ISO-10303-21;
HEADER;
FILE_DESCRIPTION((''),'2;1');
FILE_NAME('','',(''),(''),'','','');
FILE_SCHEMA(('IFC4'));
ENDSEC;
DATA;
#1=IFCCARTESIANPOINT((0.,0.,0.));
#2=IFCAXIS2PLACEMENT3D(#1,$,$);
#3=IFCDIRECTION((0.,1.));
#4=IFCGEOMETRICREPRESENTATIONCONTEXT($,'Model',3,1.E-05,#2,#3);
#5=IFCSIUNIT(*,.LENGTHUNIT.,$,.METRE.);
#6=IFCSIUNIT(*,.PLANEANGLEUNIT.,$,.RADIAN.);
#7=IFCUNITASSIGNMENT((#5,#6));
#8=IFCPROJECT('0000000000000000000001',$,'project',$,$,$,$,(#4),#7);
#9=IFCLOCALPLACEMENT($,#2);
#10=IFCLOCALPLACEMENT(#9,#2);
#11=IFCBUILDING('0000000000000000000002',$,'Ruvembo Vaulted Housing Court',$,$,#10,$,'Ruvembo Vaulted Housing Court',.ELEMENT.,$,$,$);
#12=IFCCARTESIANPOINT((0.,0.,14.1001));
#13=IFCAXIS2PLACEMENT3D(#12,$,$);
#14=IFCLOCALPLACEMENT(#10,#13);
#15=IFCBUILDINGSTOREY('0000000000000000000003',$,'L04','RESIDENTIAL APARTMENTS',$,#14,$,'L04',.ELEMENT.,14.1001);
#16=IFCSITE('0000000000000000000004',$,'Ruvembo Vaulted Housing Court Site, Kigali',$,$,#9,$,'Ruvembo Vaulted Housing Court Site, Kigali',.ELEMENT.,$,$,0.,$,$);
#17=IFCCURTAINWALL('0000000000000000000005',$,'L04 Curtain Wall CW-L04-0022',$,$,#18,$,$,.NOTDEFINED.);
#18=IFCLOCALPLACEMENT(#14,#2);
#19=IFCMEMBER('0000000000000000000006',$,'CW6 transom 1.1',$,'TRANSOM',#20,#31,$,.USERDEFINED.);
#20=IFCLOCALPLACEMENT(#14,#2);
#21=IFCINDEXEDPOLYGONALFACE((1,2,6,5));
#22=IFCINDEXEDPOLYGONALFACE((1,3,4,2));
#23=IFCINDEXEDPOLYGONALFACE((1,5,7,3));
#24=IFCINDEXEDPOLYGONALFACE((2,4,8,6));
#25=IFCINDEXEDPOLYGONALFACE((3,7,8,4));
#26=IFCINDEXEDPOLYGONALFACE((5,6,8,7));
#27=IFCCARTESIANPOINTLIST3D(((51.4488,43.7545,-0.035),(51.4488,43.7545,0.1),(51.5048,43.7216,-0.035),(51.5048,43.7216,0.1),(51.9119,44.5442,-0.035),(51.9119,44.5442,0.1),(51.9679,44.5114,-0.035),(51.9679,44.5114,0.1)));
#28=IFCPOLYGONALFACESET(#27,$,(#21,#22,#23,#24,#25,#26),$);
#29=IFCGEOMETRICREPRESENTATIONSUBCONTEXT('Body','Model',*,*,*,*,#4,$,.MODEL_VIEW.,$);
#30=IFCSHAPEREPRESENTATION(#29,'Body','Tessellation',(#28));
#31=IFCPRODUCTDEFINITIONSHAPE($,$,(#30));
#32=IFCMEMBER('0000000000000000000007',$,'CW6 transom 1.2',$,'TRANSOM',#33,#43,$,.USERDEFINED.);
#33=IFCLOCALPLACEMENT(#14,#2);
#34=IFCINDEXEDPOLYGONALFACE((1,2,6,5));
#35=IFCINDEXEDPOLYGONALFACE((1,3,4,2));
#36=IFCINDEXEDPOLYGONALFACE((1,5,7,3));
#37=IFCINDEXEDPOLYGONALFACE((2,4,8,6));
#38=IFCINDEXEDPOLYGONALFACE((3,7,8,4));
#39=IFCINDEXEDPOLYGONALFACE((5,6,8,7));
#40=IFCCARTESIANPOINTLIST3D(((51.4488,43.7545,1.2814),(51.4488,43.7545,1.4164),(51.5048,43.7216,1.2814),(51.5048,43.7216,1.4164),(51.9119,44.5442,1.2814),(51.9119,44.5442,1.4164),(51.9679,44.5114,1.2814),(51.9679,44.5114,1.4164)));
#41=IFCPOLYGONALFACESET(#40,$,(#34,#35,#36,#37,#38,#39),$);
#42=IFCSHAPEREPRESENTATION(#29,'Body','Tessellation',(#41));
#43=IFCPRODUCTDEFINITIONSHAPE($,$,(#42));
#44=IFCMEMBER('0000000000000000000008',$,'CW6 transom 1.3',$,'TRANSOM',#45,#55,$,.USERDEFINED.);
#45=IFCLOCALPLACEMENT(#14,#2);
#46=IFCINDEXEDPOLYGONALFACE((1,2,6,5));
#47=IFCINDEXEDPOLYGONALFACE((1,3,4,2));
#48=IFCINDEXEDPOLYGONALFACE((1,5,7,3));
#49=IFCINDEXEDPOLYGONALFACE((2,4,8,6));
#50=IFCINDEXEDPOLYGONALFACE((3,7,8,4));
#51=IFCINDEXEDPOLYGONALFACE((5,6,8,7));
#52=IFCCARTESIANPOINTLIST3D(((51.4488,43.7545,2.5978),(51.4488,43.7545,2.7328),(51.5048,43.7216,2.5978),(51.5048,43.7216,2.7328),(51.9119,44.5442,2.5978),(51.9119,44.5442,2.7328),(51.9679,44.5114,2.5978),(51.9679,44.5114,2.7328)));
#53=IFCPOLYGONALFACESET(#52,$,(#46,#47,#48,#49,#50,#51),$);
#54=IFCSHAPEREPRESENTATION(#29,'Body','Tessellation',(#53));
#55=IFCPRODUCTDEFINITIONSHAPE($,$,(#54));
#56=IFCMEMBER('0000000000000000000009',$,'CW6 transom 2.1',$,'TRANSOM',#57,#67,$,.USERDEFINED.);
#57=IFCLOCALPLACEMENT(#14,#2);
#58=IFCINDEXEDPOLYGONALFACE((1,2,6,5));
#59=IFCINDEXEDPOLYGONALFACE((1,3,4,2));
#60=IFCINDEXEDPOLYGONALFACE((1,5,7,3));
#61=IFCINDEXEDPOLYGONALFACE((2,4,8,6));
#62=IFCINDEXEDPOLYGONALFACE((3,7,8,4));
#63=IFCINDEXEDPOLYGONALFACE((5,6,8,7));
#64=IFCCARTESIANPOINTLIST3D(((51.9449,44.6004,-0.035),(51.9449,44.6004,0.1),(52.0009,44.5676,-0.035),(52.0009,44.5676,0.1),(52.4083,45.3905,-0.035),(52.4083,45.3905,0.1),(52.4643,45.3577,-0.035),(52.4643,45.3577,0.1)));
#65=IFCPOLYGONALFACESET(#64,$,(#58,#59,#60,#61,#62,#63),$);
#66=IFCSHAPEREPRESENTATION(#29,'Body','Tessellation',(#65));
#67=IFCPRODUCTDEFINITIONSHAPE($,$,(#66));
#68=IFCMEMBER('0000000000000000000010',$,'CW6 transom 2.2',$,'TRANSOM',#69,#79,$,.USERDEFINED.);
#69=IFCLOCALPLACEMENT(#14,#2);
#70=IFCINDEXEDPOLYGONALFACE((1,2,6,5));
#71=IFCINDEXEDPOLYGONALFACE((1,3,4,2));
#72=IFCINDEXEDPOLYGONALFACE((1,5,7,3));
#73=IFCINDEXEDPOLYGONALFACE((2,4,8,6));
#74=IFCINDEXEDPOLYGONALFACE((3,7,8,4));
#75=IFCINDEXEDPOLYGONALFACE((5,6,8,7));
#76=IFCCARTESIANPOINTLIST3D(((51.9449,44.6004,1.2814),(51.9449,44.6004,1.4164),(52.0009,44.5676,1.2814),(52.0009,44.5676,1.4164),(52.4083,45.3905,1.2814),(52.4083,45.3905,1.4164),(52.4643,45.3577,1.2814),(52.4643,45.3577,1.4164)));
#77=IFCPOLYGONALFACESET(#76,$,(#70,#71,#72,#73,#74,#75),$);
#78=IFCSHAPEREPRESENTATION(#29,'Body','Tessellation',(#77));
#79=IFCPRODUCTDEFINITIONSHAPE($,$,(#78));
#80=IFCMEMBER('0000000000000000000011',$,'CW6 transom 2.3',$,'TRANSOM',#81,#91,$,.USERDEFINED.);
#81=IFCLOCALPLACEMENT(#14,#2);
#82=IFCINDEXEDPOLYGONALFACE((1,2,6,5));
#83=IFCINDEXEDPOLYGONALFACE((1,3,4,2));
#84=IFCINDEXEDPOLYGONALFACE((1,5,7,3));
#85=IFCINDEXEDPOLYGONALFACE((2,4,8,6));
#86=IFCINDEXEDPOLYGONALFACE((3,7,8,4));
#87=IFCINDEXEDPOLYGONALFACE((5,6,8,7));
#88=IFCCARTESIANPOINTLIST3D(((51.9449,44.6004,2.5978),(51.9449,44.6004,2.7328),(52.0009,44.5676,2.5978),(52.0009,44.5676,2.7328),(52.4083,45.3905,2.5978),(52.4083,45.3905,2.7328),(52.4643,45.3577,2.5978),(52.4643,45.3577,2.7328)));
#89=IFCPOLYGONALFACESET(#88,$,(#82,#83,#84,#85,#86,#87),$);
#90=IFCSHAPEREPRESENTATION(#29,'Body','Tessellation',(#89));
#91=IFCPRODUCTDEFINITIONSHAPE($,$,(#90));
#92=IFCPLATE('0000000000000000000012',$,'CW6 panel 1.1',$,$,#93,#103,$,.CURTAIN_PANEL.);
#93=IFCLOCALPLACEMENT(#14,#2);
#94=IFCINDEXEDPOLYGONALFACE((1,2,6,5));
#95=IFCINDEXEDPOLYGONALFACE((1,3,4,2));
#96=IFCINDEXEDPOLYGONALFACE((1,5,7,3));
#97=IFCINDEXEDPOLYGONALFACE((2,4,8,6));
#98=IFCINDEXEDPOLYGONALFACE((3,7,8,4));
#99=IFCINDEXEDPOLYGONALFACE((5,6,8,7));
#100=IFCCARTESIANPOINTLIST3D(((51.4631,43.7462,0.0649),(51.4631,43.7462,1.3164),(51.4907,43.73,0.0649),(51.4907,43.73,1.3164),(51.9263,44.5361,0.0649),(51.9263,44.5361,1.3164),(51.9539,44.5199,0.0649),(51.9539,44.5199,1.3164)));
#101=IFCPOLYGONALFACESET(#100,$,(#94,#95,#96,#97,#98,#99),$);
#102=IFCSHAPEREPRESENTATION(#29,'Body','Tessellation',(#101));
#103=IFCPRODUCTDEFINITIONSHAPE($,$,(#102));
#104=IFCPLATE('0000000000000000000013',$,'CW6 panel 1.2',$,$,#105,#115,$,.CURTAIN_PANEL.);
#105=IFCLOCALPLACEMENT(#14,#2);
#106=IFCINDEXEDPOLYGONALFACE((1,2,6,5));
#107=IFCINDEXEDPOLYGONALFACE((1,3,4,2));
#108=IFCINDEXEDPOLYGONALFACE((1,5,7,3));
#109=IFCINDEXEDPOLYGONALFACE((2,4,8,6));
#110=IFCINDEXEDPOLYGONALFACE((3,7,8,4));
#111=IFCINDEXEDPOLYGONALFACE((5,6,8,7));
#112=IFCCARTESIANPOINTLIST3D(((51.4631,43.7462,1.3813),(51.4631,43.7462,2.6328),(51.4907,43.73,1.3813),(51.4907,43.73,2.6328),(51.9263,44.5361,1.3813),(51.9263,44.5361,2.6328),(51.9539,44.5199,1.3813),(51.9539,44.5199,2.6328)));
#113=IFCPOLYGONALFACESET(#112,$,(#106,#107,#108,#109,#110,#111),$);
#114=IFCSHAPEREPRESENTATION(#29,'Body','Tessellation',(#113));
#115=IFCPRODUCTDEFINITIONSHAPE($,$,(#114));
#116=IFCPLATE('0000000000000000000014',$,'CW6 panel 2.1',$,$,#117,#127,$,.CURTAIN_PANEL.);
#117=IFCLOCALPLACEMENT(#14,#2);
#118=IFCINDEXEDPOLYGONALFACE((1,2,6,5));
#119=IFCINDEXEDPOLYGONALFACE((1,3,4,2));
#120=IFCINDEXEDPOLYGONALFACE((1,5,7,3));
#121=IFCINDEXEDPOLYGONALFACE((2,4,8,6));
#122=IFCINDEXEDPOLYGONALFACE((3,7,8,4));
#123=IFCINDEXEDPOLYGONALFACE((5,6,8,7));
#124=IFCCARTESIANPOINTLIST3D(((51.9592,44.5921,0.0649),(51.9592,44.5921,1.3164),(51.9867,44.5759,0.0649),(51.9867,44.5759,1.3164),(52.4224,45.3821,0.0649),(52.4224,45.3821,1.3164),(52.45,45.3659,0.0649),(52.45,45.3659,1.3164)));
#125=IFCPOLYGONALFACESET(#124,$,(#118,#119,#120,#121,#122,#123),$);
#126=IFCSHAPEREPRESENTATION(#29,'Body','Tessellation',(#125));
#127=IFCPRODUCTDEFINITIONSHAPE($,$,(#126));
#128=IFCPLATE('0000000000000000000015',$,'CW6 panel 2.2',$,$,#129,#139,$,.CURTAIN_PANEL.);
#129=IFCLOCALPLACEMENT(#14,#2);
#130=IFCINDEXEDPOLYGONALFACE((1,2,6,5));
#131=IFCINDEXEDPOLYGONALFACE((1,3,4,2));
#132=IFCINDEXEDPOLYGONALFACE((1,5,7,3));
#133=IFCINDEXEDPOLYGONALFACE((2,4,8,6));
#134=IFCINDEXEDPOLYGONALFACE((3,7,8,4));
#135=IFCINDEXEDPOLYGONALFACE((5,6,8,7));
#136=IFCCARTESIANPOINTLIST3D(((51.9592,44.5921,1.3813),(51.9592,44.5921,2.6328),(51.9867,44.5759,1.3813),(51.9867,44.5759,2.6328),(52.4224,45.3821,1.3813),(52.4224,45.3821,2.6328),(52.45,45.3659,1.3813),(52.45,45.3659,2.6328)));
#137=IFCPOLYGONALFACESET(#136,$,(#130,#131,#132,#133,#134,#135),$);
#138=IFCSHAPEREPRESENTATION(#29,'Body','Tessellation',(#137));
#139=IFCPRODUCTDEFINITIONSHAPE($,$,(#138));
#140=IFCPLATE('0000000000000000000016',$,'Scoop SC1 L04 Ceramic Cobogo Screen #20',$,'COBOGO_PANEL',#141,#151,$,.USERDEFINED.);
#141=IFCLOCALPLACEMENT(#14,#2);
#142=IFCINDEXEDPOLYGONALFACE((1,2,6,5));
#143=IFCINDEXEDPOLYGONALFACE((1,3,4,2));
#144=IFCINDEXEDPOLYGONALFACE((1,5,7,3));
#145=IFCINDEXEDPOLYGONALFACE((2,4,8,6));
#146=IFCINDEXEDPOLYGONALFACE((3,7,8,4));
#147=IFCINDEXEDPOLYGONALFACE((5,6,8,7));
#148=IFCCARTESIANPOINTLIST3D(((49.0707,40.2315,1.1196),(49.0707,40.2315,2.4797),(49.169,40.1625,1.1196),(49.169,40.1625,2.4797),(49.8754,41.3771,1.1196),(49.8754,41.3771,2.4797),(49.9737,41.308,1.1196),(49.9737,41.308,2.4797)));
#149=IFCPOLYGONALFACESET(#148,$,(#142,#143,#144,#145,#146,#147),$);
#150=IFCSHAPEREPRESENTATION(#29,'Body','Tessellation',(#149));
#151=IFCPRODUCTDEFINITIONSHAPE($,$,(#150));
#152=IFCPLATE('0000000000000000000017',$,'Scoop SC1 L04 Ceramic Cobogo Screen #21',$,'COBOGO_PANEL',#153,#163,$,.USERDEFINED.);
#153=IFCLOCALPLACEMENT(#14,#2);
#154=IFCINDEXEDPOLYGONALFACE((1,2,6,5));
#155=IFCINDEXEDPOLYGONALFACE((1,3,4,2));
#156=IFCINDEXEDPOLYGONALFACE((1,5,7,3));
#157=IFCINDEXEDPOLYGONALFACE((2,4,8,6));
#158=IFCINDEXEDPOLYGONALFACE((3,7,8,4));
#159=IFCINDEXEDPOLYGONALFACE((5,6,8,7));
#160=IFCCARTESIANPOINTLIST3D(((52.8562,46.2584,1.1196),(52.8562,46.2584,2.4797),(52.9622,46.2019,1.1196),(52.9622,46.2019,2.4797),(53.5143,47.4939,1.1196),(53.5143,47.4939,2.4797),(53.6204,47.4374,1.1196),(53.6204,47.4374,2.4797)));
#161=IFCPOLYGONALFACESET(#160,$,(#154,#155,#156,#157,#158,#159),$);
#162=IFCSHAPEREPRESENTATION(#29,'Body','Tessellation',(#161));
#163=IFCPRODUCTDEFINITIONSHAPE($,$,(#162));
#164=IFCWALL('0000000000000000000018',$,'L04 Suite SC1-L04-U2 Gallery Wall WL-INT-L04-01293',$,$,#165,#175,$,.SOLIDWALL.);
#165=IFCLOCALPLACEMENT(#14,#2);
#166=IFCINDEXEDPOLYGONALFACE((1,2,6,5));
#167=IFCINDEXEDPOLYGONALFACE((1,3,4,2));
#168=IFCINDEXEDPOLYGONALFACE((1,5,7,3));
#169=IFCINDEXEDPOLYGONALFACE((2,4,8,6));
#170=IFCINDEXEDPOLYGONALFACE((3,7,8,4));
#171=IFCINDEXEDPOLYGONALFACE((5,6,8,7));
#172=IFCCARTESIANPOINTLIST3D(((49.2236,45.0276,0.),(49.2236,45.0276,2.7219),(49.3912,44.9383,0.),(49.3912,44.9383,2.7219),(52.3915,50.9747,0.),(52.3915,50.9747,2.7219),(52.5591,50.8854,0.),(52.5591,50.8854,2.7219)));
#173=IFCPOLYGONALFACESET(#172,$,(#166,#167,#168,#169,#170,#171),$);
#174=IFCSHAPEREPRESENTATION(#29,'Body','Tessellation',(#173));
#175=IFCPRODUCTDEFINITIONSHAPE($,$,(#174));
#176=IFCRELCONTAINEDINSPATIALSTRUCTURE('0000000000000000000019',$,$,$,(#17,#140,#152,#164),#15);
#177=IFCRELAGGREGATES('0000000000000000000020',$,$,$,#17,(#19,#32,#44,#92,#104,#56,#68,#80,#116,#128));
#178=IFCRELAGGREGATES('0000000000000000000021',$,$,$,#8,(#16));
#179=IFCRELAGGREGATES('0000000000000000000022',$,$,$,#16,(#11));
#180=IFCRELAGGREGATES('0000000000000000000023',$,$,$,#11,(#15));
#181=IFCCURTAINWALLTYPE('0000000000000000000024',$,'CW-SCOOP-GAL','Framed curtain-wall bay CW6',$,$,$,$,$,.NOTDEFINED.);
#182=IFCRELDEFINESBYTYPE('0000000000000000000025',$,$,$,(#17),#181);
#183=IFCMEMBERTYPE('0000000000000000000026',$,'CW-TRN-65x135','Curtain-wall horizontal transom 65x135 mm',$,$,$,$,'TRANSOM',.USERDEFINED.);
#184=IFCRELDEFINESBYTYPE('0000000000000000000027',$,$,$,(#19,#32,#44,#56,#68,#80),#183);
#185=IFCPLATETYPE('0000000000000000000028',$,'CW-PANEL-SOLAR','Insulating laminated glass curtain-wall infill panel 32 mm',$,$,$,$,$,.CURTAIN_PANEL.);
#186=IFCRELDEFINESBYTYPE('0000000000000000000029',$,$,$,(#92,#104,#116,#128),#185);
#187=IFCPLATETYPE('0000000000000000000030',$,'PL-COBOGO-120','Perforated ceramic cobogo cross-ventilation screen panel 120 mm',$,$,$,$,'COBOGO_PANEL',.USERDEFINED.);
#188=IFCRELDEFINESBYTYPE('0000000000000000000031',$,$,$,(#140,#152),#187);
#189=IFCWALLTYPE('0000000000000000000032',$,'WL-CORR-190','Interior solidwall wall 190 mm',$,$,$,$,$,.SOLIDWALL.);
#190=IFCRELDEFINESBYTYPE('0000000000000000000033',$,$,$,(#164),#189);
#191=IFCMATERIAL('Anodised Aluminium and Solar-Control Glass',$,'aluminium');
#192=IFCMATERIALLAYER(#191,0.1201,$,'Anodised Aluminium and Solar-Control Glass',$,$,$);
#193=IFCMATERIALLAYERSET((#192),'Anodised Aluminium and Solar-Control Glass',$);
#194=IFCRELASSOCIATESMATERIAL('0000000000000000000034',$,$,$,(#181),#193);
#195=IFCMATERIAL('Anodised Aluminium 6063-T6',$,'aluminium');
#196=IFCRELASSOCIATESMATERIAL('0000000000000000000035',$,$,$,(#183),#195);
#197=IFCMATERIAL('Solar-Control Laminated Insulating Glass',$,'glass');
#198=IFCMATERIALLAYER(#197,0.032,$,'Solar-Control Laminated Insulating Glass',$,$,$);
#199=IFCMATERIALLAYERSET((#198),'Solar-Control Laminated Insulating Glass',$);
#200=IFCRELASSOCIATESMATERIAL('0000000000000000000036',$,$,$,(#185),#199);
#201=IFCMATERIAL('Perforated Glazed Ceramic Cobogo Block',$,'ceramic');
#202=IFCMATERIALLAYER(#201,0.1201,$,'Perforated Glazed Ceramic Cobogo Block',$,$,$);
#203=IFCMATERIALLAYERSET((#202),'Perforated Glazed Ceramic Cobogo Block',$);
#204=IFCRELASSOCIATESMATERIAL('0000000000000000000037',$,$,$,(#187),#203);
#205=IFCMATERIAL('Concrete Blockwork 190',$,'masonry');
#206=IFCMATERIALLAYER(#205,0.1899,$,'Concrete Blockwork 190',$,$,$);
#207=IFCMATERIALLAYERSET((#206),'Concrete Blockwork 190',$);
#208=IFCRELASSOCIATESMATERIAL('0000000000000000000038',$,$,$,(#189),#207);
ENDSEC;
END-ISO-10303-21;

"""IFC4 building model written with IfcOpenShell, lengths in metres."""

from ifc_helpers import new_model, si_unit, direction, frame, frame_2d, origin, origin_2d, place, context, subcontext, project, spatial, rectangle, extrude, material, layer, layer_set, material_profile, profile_set, type_object, element, aggregate, save


model = new_model("IFC4")

# Units and contexts
model_context = context("Model", 3, precision=1e-05, world=origin(), true_north=direction((0.0, 1.0)))
body_context = subcontext(model_context, "Body", "Model", "MODEL_VIEW")
ifc_project = project(units=[si_unit("LENGTHUNIT", "METRE"), si_unit("PLANEANGLEUNIT", "RADIAN")], contexts=[model_context])

# Site, building, storey
site_placement = place(None, origin())
site = spatial("IfcSite", under=ifc_project, at=site_placement, Name="Ruvembo Vaulted Housing Court Site, Kigali", LongName="Ruvembo Vaulted Housing Court Site, Kigali", CompositionType="ELEMENT", RefElevation=0.0)
building_placement = place(site_placement, origin())
building = spatial("IfcBuilding", under=site, at=building_placement, Name="Ruvembo Vaulted Housing Court", LongName="Ruvembo Vaulted Housing Court", CompositionType="ELEMENT")
storey_placement = place(building_placement, frame((0.0, 0.0, 14.1001)))
storey = spatial("IfcBuildingStorey", under=building, at=storey_placement, Name="L04", Description="RESIDENTIAL APARTMENTS", LongName="L04", CompositionType="ELEMENT", Elevation=14.1001)

# Curtain wall, members, plates
ifc_material_1 = material(Name="Anodised Aluminium and Solar-Control Glass", Category="aluminium")
ifc_layer_1 = layer(ifc_material_1, 0.1201, Name="Anodised Aluminium and Solar-Control Glass")
ifc_layer_set_1 = layer_set([ifc_layer_1], Name="Anodised Aluminium and Solar-Control Glass")
curtain_wall_type = type_object("IfcCurtainWallType", Name="CW-SCOOP-GAL", Description="Framed curtain-wall bay CW6", PredefinedType="NOTDEFINED", material=ifc_layer_set_1)
curtain_wall_placement = place(storey_placement, origin())
curtain_wall = element("IfcCurtainWall", 1, at=curtain_wall_placement, inside=storey, type_object=curtain_wall_type, Name="L04 Curtain Wall CW-L04-0022", PredefinedType="NOTDEFINED")
ifc_material_2 = material(Name="Anodised Aluminium 6063-T6", Category="aluminium")
ifc_material_profile_1 = material_profile(ifc_material_2, rectangle(XDim=0.0649, YDim=0.135, at=origin_2d()), Name="ALU 65x135")
ifc_profile_set_1 = profile_set([ifc_material_profile_1], Name="Anodised Aluminium 6063-T6")
member_type_1 = type_object("IfcMemberType", Name="CW-TRN-65x135", Description="Curtain-wall horizontal transom 65x135 mm", ElementType="TRANSOM", PredefinedType="USERDEFINED", material=ifc_profile_set_1)
member_1_placement = place(storey_placement, frame((51.4768, 43.738, 0.0325), z_axis=(0.505843, 0.862626, 0.0), x_axis=(-0.862626, 0.505843, 0.0)))
member_1 = element("IfcMember", 2, at=member_1_placement, type_object=member_type_1, Name="CW6 transom 1.1", ObjectType="TRANSOM", PredefinedType="USERDEFINED", context=body_context, shape_type="SweptSolid", body=[
    extrude(rectangle(XDim=0.0649, YDim=0.135, at=origin_2d()), origin(), (0.0, 0.0, 1.0), 0.9155),
])
member_2_placement = place(storey_placement, frame((51.4768, 43.738, 1.3489), z_axis=(0.505843, 0.862626, 0.0), x_axis=(-0.862626, 0.505843, 0.0)))
member_2 = element("IfcMember", 3, at=member_2_placement, type_object=member_type_1, Name="CW6 transom 1.2", ObjectType="TRANSOM", PredefinedType="USERDEFINED", context=body_context, shape_type="SweptSolid", body=[
    extrude(rectangle(XDim=0.0649, YDim=0.135, at=origin_2d()), origin(), (0.0, 0.0, 1.0), 0.9155),
])
member_3_placement = place(storey_placement, frame((51.4768, 43.738, 2.6653), z_axis=(0.505843, 0.862626, 0.0), x_axis=(-0.862626, 0.505843, 0.0)))
member_3 = element("IfcMember", 4, at=member_3_placement, type_object=member_type_1, Name="CW6 transom 1.3", ObjectType="TRANSOM", PredefinedType="USERDEFINED", context=body_context, shape_type="SweptSolid", body=[
    extrude(rectangle(XDim=0.0649, YDim=0.135, at=origin_2d()), origin(), (0.0, 0.0, 1.0), 0.9155),
])
member_4_placement = place(storey_placement, frame((51.9729, 44.584, 0.0325), z_axis=(0.505925, 0.862578, 0.0), x_axis=(-0.862578, 0.505925, 0.0)))
member_4 = element("IfcMember", 5, at=member_4_placement, type_object=member_type_1, Name="CW6 transom 2.1", ObjectType="TRANSOM", PredefinedType="USERDEFINED", context=body_context, shape_type="SweptSolid", body=[
    extrude(rectangle(XDim=0.0649, YDim=0.135, at=origin_2d()), origin(), (0.0, 0.0, 1.0), 0.916),
])
member_5_placement = place(storey_placement, frame((51.9729, 44.584, 1.3489), z_axis=(0.505925, 0.862578, 0.0), x_axis=(-0.862578, 0.505925, 0.0)))
member_5 = element("IfcMember", 6, at=member_5_placement, type_object=member_type_1, Name="CW6 transom 2.2", ObjectType="TRANSOM", PredefinedType="USERDEFINED", context=body_context, shape_type="SweptSolid", body=[
    extrude(rectangle(XDim=0.0649, YDim=0.135, at=origin_2d()), origin(), (0.0, 0.0, 1.0), 0.916),
])
member_6_placement = place(storey_placement, frame((51.9729, 44.584, 2.6653), z_axis=(0.505925, 0.862578, 0.0), x_axis=(-0.862578, 0.505925, 0.0)))
member_6 = element("IfcMember", 7, at=member_6_placement, type_object=member_type_1, Name="CW6 transom 2.3", ObjectType="TRANSOM", PredefinedType="USERDEFINED", context=body_context, shape_type="SweptSolid", body=[
    extrude(rectangle(XDim=0.0649, YDim=0.135, at=origin_2d()), origin(), (0.0, 0.0, 1.0), 0.916),
])
ifc_material_3 = material(Name="Solar-Control Laminated Insulating Glass", Category="glass")
ifc_layer_2 = layer(ifc_material_3, 0.032, Name="Solar-Control Laminated Insulating Glass")
ifc_layer_set_2 = layer_set([ifc_layer_2], Name="Solar-Control Laminated Insulating Glass")
plate_type_1 = type_object("IfcPlateType", Name="CW-PANEL-SOLAR", Description="Insulating laminated glass curtain-wall infill panel 32 mm", PredefinedType="CURTAIN_PANEL", material=ifc_layer_set_2)
plate_1_placement = place(storey_placement, frame((51.7085, 44.1331, 0.0649), z_axis=(0.0, 0.0, 1.0), x_axis=(0.505885, 0.862601, 0.0)))
plate_1 = element("IfcPlate", 8, at=plate_1_placement, type_object=plate_type_1, Name="CW6 panel 1.1", PredefinedType="CURTAIN_PANEL", context=body_context, shape_type="SweptSolid", body=[
    extrude(rectangle(XDim=0.9158, YDim=0.032, at=origin_2d()), origin(), (0.0, 0.0, 1.0), 1.2515),
])
plate_2_placement = place(storey_placement, frame((51.7085, 44.1331, 1.3813), z_axis=(0.0, 0.0, 1.0), x_axis=(0.505885, 0.862601, 0.0)))
plate_2 = element("IfcPlate", 9, at=plate_2_placement, type_object=plate_type_1, Name="CW6 panel 1.2", PredefinedType="CURTAIN_PANEL", context=body_context, shape_type="SweptSolid", body=[
    extrude(rectangle(XDim=0.9158, YDim=0.032, at=origin_2d()), origin(), (0.0, 0.0, 1.0), 1.2515),
])
plate_3_placement = place(storey_placement, frame((52.2046, 44.979, 0.0649), z_axis=(0.0, 0.0, 1.0), x_axis=(0.505885, 0.862601, 0.0)))
plate_3 = element("IfcPlate", 10, at=plate_3_placement, type_object=plate_type_1, Name="CW6 panel 2.1", PredefinedType="CURTAIN_PANEL", context=body_context, shape_type="SweptSolid", body=[
    extrude(rectangle(XDim=0.9158, YDim=0.032, at=origin_2d()), origin(), (0.0, 0.0, 1.0), 1.2515),
])
plate_4_placement = place(storey_placement, frame((52.2046, 44.979, 1.3813), z_axis=(0.0, 0.0, 1.0), x_axis=(0.505885, 0.862601, 0.0)))
plate_4 = element("IfcPlate", 11, at=plate_4_placement, type_object=plate_type_1, Name="CW6 panel 2.2", PredefinedType="CURTAIN_PANEL", context=body_context, shape_type="SweptSolid", body=[
    extrude(rectangle(XDim=0.9158, YDim=0.032, at=origin_2d()), origin(), (0.0, 0.0, 1.0), 1.2515),
])
aggregate(curtain_wall, [member_1, member_2, member_3, plate_1, plate_2, member_4, member_5, member_6, plate_3, plate_4])

# Plates
ifc_material_4 = material(Name="Perforated Glazed Ceramic Cobogo Block", Category="ceramic")
ifc_layer_3 = layer(ifc_material_4, 0.1201, Name="Perforated Glazed Ceramic Cobogo Block")
ifc_layer_set_3 = layer_set([ifc_layer_3], Name="Perforated Glazed Ceramic Cobogo Block")
plate_type_2 = type_object("IfcPlateType", Name="PL-COBOGO-120", Description="Perforated ceramic cobogo cross-ventilation screen panel 120 mm", ElementType="COBOGO_PANEL", PredefinedType="USERDEFINED", material=ifc_layer_set_3)
for number, where, z_axis, x_axis, name in (
    (12, (49.5222, 40.7698, 1.1196), (0.0, 0.0, 1.0), (0.574805, 0.81829, 0.0), "Scoop SC1 L04 Ceramic Cobogo Screen #20"),
    (13, (53.2383, 46.8479, 1.1196), (0.0, 0.0, 1.0), (0.470134, 0.882595, 0.0), "Scoop SC1 L04 Ceramic Cobogo Screen #21"),
):
    element("IfcPlate", number, at=place(storey_placement, frame(where, z_axis=z_axis, x_axis=x_axis)), inside=storey, type_object=plate_type_2, Name=name, ObjectType="COBOGO_PANEL", PredefinedType="USERDEFINED", context=body_context, shape_type="SweptSolid", body=[
        extrude(rectangle(XDim=1.3999, YDim=0.1201, at=origin_2d()), origin(), (0.0, 0.0, 1.0), 1.3601),
    ])

# Wall
ifc_material_5 = material(Name="Concrete Blockwork 190", Category="masonry")
ifc_layer_4 = layer(ifc_material_5, 0.1899, Name="Concrete Blockwork 190")
ifc_layer_set_4 = layer_set([ifc_layer_4], Name="Concrete Blockwork 190")
wall_type_1 = type_object("IfcWallType", Name="WL-CORR-190", Description="Interior solidwall wall 190 mm", PredefinedType="SOLIDWALL", material=ifc_layer_set_4)
wall_1_placement = place(storey_placement, frame((49.3074, 44.9829, 0.0), z_axis=(0.0, 0.0, 1.0), x_axis=(0.470137, 0.882594, 0.0)))
element("IfcWall", 14, at=wall_1_placement, inside=storey, type_object=wall_type_1, Name="L04 Suite SC1-L04-U2 Gallery Wall WL-INT-L04-01293", PredefinedType="SOLIDWALL", context=body_context, shape_type="SweptSolid", body=[
    extrude(rectangle(XDim=6.7383, YDim=0.1899, at=frame_2d((3.3691, 0.0))), origin(), (0.0, 0.0, 1.0), 2.7219),
])

save(model, "model.ifc")
